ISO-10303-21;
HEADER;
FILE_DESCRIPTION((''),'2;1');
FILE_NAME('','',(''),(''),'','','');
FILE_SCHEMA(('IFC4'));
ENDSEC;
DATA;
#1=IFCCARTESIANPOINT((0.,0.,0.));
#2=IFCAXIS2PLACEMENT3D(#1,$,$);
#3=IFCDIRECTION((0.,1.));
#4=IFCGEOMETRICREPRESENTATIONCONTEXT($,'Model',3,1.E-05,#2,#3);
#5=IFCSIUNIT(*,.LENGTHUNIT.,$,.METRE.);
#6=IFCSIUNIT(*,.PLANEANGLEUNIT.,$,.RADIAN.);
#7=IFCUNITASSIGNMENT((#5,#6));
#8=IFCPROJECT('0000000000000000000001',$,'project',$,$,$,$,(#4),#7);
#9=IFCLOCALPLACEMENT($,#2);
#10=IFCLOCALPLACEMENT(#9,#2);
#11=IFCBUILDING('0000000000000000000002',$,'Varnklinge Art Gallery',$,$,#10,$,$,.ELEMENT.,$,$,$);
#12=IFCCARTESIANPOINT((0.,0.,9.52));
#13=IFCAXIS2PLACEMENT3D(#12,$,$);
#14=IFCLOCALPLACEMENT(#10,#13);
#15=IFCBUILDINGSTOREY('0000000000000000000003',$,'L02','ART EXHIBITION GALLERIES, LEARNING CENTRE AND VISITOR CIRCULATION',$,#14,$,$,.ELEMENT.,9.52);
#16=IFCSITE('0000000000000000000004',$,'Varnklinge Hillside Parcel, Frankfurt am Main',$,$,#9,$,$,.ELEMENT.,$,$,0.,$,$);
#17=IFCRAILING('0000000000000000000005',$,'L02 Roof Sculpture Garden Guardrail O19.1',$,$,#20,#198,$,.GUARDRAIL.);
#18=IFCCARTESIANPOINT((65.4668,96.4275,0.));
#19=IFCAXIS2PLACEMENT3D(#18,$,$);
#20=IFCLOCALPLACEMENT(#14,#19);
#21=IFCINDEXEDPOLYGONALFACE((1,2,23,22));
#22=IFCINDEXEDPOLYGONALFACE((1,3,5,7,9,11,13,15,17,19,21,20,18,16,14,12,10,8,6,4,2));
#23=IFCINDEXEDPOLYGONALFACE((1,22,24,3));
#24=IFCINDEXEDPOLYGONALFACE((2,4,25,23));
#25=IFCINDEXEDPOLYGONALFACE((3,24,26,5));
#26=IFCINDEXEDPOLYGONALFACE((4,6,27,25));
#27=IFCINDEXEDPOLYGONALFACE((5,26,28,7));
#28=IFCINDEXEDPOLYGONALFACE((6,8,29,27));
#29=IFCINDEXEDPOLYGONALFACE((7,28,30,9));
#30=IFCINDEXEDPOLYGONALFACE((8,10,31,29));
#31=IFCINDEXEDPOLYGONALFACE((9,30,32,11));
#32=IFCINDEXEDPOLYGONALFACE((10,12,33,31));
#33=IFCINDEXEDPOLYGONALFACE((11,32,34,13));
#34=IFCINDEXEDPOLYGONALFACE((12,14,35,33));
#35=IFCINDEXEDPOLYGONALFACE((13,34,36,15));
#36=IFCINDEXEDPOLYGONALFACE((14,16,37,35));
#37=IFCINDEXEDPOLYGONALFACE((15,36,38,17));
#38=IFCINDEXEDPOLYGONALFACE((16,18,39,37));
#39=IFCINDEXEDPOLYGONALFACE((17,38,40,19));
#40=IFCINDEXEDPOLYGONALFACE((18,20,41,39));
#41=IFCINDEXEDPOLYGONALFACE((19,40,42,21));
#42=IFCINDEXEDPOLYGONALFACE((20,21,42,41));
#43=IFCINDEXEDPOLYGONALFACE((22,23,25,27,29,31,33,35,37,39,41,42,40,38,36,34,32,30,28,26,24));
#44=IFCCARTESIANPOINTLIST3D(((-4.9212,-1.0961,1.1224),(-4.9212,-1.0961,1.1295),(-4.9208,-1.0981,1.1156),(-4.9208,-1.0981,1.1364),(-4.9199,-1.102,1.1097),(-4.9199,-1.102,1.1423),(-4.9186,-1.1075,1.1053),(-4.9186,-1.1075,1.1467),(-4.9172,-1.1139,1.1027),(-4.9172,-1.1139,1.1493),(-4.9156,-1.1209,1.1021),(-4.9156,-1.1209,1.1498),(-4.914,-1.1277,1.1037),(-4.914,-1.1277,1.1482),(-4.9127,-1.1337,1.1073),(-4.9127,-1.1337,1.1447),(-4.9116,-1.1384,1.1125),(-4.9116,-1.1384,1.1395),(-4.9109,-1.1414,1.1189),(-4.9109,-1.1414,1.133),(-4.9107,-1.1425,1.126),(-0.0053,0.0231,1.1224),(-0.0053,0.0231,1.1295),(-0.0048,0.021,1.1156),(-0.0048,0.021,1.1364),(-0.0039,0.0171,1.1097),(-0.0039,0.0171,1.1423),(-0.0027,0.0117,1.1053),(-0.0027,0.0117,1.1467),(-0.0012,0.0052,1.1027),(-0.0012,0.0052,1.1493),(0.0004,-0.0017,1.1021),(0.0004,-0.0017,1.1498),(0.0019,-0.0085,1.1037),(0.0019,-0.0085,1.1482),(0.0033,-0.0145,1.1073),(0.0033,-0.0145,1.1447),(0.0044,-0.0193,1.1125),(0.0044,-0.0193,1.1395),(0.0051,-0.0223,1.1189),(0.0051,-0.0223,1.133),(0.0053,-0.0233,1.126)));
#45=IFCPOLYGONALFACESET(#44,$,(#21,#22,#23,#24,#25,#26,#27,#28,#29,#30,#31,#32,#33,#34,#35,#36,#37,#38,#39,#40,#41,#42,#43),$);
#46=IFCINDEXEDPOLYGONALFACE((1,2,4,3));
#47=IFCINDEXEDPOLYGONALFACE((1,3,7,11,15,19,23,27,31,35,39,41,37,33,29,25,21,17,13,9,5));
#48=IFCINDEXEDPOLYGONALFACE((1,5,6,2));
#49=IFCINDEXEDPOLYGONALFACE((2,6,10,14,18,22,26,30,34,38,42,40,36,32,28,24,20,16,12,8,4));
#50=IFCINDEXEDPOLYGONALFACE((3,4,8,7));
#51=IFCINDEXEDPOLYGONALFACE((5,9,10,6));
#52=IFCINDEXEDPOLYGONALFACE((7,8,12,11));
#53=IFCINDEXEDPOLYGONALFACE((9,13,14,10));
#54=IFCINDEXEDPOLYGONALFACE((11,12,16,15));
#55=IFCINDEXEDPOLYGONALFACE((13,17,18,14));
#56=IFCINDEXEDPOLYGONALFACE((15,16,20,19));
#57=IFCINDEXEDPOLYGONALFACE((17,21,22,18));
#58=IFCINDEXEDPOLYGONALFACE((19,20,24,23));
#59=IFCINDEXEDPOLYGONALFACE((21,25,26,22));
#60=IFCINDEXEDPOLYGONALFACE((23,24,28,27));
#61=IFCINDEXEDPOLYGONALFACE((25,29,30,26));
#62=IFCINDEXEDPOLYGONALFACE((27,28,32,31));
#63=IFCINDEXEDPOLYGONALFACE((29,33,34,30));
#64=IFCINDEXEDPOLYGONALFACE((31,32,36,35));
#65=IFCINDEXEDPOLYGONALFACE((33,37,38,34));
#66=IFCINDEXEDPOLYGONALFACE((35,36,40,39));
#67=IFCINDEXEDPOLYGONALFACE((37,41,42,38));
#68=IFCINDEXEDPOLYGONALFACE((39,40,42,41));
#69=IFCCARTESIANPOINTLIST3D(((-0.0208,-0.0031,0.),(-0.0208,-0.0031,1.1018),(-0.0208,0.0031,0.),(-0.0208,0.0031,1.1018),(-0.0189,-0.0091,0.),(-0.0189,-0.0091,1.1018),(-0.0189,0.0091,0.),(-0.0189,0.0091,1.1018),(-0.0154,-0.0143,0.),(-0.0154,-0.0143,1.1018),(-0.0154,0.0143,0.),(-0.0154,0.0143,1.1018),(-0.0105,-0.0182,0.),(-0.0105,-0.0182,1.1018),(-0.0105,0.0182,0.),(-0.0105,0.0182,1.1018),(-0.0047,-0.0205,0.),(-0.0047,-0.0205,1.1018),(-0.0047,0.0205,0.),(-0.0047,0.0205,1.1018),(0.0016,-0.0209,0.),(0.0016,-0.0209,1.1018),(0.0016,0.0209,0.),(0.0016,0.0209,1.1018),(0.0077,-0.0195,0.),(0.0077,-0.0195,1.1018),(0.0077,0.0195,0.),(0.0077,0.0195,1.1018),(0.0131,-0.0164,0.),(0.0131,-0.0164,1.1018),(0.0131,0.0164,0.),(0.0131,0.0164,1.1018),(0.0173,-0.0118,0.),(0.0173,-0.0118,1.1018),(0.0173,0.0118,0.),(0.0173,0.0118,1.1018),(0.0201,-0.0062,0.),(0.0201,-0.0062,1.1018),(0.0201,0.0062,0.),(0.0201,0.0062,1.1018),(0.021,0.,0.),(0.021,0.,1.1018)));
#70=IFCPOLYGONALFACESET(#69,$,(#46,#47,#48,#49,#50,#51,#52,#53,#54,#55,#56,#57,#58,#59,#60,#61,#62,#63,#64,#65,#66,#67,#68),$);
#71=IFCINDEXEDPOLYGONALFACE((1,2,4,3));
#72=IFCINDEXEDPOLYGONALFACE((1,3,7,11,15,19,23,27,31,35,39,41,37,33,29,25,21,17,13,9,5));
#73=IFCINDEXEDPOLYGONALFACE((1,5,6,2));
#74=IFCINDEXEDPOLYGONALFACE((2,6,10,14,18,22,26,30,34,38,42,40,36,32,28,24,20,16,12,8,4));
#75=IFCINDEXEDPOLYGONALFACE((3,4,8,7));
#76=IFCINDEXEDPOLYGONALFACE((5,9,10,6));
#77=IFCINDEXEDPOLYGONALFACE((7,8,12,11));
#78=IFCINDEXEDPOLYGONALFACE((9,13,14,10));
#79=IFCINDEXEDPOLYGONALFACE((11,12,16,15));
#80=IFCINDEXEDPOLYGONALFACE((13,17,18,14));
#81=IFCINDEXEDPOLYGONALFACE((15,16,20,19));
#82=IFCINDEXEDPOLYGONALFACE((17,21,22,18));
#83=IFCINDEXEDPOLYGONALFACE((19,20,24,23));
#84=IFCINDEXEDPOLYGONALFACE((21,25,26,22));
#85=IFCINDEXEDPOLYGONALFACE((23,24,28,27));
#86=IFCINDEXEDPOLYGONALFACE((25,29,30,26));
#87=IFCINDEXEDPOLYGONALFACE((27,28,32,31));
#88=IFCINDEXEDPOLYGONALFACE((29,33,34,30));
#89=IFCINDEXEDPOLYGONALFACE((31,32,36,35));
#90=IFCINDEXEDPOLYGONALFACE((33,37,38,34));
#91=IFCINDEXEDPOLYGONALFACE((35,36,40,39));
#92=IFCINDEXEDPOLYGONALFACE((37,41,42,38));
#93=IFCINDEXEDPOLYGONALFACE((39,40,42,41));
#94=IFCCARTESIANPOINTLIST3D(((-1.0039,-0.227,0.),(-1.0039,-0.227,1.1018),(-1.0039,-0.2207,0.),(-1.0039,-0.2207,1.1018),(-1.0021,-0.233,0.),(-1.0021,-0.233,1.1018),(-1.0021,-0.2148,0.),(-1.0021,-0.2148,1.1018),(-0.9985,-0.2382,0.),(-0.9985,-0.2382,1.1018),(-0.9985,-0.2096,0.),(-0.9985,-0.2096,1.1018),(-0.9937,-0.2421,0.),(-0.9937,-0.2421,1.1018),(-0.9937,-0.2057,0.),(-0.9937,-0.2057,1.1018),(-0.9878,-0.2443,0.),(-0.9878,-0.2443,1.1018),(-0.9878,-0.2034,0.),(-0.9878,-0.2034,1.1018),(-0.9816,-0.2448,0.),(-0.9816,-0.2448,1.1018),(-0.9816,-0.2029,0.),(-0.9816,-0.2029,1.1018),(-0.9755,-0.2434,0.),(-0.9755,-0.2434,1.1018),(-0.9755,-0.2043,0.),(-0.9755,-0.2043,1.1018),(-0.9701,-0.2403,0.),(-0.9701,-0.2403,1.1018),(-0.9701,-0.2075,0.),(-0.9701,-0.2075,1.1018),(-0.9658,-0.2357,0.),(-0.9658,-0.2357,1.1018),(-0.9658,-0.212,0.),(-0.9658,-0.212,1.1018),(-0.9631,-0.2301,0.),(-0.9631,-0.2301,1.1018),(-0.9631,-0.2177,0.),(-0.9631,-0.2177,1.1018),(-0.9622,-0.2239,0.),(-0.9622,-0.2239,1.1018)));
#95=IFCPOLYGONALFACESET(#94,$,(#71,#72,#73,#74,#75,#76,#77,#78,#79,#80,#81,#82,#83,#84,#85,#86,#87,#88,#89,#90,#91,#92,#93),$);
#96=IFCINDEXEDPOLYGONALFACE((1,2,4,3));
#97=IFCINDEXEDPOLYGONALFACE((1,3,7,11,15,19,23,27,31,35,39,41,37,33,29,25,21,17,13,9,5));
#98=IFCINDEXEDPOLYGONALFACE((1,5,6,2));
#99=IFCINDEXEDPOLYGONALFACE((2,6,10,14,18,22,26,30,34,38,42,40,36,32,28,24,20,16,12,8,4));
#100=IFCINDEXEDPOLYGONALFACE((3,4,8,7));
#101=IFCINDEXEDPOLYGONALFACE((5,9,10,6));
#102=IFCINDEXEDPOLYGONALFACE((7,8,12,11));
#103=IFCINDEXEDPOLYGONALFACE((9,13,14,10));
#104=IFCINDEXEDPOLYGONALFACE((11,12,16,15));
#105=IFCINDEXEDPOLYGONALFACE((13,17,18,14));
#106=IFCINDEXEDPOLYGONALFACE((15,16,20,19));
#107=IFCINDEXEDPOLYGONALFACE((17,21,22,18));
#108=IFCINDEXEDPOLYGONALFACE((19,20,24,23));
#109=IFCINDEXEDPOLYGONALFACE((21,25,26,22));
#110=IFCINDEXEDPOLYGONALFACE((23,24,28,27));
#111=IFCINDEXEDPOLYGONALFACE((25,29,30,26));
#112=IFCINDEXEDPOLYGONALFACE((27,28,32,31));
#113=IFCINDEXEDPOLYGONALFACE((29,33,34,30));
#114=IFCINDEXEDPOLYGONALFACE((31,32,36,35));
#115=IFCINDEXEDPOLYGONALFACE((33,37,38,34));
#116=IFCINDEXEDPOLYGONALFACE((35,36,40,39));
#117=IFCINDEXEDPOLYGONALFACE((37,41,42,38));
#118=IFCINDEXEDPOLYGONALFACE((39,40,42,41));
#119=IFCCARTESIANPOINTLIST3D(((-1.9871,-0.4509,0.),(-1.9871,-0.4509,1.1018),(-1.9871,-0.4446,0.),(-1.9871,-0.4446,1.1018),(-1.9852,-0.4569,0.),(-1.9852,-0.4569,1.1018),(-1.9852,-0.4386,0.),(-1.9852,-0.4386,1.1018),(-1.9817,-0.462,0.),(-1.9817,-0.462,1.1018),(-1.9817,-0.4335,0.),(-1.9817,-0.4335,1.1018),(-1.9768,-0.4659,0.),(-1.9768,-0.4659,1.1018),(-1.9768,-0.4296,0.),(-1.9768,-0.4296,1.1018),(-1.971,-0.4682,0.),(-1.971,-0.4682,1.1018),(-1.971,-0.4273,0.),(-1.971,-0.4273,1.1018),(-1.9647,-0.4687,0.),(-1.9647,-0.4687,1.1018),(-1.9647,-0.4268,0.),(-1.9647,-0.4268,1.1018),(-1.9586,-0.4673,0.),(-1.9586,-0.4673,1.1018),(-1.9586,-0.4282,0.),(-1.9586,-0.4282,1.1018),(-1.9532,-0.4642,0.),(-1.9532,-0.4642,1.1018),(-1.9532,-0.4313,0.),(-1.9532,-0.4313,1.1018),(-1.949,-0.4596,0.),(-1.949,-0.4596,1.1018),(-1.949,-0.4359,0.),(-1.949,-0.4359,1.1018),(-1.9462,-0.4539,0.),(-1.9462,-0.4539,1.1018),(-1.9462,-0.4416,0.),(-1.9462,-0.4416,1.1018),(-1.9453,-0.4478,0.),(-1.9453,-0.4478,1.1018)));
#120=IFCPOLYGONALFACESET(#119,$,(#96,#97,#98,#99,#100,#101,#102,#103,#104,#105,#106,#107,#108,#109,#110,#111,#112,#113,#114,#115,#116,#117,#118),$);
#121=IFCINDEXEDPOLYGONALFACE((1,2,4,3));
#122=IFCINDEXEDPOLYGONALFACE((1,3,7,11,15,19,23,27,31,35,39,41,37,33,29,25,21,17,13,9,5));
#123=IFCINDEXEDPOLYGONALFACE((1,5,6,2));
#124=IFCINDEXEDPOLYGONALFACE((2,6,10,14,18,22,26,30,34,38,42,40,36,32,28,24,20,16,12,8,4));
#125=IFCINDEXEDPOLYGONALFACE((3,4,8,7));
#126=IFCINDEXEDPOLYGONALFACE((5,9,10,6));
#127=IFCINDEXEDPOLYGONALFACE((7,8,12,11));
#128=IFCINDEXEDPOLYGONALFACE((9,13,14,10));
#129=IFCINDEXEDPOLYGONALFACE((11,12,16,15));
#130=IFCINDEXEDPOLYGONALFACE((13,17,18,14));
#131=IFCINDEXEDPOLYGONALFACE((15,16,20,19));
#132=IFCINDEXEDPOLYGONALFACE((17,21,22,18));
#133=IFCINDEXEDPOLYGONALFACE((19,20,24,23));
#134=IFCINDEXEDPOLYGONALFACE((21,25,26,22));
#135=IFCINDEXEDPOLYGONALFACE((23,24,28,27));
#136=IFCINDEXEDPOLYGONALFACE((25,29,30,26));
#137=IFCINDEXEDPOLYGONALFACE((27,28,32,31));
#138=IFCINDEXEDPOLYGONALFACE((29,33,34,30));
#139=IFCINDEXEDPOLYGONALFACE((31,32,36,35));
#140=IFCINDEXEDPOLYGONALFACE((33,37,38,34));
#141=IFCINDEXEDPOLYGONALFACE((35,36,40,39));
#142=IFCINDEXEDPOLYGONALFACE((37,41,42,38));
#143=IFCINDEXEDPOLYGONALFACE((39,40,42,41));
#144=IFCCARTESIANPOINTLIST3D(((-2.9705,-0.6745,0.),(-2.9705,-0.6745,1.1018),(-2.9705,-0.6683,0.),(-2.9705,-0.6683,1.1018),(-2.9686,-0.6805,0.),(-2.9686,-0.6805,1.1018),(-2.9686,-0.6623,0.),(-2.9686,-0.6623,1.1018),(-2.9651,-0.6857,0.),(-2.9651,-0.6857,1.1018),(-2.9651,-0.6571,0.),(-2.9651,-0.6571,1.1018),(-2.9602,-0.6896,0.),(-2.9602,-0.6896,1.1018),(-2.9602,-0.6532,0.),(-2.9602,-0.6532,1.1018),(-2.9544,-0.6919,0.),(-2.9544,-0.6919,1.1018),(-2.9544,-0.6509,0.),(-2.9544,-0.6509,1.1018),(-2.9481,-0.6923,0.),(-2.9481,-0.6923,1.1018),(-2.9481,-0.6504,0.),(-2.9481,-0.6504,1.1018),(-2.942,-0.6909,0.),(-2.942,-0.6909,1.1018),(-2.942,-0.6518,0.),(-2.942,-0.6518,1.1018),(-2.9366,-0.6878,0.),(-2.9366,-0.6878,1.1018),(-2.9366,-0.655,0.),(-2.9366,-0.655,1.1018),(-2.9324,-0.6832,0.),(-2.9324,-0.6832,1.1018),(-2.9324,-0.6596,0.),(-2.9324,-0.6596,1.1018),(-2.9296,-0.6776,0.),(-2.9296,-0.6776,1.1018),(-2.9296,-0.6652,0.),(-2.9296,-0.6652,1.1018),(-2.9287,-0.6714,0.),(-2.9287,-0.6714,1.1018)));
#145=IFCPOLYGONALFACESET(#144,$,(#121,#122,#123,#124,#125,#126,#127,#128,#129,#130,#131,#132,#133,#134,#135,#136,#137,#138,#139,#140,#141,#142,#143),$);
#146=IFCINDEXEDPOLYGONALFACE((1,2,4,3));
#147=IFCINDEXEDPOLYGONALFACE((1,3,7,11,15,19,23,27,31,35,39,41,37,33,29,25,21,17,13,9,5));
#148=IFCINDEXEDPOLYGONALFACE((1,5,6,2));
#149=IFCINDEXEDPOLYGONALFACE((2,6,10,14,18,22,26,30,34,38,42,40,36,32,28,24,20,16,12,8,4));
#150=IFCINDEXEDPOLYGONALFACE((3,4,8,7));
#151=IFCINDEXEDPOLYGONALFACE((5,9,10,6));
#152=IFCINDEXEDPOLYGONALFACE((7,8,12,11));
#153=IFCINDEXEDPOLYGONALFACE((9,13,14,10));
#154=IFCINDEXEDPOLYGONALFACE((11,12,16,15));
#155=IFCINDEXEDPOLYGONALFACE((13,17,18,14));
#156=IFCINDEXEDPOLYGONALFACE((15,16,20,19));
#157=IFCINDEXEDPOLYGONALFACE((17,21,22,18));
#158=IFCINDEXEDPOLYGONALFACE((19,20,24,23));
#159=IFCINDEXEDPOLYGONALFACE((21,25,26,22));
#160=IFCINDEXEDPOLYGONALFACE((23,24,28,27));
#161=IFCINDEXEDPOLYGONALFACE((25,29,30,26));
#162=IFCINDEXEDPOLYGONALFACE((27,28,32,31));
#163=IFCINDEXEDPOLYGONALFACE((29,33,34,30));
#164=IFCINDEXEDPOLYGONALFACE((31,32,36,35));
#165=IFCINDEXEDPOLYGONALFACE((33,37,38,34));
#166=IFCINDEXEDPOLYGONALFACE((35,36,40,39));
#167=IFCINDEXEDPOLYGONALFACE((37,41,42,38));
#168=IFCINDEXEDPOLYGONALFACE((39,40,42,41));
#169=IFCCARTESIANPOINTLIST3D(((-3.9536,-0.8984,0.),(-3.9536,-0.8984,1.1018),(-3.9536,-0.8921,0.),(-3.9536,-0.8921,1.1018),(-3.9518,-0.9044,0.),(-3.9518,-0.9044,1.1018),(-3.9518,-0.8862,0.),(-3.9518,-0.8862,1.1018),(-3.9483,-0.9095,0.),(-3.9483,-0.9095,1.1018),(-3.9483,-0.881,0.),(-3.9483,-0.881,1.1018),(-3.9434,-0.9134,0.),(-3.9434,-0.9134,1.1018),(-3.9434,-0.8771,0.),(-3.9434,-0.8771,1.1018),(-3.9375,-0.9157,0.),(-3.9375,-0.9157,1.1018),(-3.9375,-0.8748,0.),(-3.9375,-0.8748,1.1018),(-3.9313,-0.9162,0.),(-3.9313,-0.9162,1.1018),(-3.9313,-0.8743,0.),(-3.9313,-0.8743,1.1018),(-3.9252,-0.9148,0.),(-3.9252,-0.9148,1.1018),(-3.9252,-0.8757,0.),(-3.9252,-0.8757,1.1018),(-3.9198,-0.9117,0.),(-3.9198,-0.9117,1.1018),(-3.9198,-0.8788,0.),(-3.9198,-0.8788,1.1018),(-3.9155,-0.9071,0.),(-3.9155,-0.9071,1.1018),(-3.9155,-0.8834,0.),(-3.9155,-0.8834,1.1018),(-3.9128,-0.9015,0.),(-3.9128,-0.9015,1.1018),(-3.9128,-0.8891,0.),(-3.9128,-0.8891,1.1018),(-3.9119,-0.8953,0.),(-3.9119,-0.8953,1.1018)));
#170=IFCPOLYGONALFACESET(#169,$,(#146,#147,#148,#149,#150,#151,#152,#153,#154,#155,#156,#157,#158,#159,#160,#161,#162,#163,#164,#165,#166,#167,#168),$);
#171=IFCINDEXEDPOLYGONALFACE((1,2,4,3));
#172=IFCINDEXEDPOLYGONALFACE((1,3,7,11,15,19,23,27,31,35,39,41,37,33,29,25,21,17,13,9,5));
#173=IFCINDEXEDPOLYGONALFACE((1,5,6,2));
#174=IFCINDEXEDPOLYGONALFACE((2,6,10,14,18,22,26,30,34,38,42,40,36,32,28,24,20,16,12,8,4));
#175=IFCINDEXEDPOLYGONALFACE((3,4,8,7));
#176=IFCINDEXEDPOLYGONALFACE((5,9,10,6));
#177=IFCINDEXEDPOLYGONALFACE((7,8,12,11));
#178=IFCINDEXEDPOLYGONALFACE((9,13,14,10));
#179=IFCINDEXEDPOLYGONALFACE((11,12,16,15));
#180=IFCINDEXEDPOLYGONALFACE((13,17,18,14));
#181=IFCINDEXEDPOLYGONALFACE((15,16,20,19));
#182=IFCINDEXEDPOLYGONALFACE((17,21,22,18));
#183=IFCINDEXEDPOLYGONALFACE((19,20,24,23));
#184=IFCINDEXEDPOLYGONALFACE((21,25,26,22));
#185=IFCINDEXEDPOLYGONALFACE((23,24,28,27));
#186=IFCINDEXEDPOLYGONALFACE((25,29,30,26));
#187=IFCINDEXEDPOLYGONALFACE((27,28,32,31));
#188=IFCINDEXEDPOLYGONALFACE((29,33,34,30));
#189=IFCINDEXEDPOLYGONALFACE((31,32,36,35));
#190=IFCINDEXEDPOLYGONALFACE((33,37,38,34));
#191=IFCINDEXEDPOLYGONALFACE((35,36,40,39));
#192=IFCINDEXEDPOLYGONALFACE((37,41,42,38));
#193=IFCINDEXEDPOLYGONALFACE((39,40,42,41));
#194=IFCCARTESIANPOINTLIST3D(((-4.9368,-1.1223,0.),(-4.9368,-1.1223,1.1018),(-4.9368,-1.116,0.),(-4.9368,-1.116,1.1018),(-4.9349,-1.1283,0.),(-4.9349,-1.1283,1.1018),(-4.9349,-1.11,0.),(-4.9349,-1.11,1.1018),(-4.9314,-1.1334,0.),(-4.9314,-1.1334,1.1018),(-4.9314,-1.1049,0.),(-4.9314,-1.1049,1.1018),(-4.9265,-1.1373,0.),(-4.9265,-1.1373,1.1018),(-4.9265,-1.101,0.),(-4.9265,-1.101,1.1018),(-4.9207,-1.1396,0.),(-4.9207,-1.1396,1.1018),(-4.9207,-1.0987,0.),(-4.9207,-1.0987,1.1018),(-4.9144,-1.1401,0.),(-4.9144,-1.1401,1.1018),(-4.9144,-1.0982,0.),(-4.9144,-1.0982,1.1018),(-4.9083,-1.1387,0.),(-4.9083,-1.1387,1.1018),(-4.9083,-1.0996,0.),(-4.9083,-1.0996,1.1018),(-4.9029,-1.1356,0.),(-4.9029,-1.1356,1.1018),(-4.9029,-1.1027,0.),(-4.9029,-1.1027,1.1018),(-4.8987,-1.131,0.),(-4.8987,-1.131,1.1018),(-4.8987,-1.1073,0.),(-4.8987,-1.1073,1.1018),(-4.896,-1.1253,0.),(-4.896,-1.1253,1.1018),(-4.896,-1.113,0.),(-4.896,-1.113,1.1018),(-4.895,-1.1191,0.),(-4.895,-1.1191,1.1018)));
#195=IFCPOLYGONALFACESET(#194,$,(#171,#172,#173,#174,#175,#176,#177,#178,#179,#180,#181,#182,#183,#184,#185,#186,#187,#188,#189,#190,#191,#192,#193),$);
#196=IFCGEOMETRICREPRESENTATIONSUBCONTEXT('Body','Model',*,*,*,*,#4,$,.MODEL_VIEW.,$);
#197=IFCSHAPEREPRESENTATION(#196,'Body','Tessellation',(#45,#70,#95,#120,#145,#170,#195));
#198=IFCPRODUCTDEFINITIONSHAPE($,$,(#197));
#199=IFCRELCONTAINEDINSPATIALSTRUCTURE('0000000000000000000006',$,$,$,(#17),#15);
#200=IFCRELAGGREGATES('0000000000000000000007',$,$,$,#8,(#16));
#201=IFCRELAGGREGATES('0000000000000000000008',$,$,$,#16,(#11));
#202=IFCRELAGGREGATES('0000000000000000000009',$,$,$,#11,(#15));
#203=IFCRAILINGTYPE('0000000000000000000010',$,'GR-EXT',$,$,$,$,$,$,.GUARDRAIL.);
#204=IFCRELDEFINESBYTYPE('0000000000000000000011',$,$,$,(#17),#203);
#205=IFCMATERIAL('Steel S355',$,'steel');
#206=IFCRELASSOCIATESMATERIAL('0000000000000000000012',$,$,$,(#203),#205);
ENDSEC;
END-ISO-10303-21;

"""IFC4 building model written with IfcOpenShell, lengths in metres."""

from ifc_helpers import new_model, si_unit, direction, frame, origin, origin_2d, place, context, subcontext, project, spatial, circle, extrude, material, type_object, element, save


model = new_model("IFC4")

# Units and contexts
model_context = context("Model", 3, precision=1e-05, world=origin(), true_north=direction((0.0, 1.0)))
body_context = subcontext(model_context, "Body", "Model", "MODEL_VIEW")
ifc_project = project(units=[si_unit("LENGTHUNIT", "METRE"), si_unit("PLANEANGLEUNIT", "RADIAN")], contexts=[model_context])

# Site, building, storey
site_placement = place(None, origin())
site = spatial("IfcSite", under=ifc_project, at=site_placement, Name="Varnklinge Hillside Parcel, Frankfurt am Main", CompositionType="ELEMENT", RefElevation=0.0)
building_placement = place(site_placement, origin())
building = spatial("IfcBuilding", under=site, at=building_placement, Name="Varnklinge Art Gallery", CompositionType="ELEMENT")
storey_placement = place(building_placement, frame((0.0, 0.0, 9.52)))
storey = spatial("IfcBuildingStorey", under=building, at=storey_placement, Name="L02", Description="ART EXHIBITION GALLERIES, LEARNING CENTRE AND VISITOR CIRCULATION", CompositionType="ELEMENT", Elevation=9.52)

# Railing
ifc_material_1 = material(Name="Steel S355", Category="steel")
railing_type = type_object("IfcRailingType", Name="GR-EXT", PredefinedType="GUARDRAIL", material=ifc_material_1)
railing_1_placement = place(storey_placement, frame((65.4668, 96.4275, 0.0)))
element("IfcRailing", 1, at=railing_1_placement, inside=storey, type_object=railing_type, Name="L02 Roof Sculpture Garden Guardrail O19.1", PredefinedType="GUARDRAIL", context=body_context, shape_type="SweptSolid", body=[
    extrude(circle(Radius=0.0239, at=origin_2d()), frame((0.0, 0.0, 1.126), z_axis=(-0.975053, -0.221973, 0.0), x_axis=(0.221973, -0.975053, 0.0)), (0.0, 0.0, 1.0), 5.0417),
    extrude(circle(Radius=0.021, at=origin_2d()), origin(), (0.0, 0.0, 1.0), 1.1018),
    extrude(circle(Radius=0.021, at=origin_2d()), frame((-0.9832, -0.2239, 0.0)), (0.0, 0.0, 1.0), 1.1018),
    extrude(circle(Radius=0.021, at=origin_2d()), frame((-1.9663, -0.4478, 0.0)), (0.0, 0.0, 1.0), 1.1018),
    extrude(circle(Radius=0.021, at=origin_2d()), frame((-2.9497, -0.6714, 0.0)), (0.0, 0.0, 1.0), 1.1018),
    extrude(circle(Radius=0.021, at=origin_2d()), frame((-3.9329, -0.8953, 0.0)), (0.0, 0.0, 1.0), 1.1018),
    extrude(circle(Radius=0.021, at=origin_2d()), frame((-4.916, -1.1191, 0.0)), (0.0, 0.0, 1.0), 1.1018),
])

save(model, "model.ifc")
